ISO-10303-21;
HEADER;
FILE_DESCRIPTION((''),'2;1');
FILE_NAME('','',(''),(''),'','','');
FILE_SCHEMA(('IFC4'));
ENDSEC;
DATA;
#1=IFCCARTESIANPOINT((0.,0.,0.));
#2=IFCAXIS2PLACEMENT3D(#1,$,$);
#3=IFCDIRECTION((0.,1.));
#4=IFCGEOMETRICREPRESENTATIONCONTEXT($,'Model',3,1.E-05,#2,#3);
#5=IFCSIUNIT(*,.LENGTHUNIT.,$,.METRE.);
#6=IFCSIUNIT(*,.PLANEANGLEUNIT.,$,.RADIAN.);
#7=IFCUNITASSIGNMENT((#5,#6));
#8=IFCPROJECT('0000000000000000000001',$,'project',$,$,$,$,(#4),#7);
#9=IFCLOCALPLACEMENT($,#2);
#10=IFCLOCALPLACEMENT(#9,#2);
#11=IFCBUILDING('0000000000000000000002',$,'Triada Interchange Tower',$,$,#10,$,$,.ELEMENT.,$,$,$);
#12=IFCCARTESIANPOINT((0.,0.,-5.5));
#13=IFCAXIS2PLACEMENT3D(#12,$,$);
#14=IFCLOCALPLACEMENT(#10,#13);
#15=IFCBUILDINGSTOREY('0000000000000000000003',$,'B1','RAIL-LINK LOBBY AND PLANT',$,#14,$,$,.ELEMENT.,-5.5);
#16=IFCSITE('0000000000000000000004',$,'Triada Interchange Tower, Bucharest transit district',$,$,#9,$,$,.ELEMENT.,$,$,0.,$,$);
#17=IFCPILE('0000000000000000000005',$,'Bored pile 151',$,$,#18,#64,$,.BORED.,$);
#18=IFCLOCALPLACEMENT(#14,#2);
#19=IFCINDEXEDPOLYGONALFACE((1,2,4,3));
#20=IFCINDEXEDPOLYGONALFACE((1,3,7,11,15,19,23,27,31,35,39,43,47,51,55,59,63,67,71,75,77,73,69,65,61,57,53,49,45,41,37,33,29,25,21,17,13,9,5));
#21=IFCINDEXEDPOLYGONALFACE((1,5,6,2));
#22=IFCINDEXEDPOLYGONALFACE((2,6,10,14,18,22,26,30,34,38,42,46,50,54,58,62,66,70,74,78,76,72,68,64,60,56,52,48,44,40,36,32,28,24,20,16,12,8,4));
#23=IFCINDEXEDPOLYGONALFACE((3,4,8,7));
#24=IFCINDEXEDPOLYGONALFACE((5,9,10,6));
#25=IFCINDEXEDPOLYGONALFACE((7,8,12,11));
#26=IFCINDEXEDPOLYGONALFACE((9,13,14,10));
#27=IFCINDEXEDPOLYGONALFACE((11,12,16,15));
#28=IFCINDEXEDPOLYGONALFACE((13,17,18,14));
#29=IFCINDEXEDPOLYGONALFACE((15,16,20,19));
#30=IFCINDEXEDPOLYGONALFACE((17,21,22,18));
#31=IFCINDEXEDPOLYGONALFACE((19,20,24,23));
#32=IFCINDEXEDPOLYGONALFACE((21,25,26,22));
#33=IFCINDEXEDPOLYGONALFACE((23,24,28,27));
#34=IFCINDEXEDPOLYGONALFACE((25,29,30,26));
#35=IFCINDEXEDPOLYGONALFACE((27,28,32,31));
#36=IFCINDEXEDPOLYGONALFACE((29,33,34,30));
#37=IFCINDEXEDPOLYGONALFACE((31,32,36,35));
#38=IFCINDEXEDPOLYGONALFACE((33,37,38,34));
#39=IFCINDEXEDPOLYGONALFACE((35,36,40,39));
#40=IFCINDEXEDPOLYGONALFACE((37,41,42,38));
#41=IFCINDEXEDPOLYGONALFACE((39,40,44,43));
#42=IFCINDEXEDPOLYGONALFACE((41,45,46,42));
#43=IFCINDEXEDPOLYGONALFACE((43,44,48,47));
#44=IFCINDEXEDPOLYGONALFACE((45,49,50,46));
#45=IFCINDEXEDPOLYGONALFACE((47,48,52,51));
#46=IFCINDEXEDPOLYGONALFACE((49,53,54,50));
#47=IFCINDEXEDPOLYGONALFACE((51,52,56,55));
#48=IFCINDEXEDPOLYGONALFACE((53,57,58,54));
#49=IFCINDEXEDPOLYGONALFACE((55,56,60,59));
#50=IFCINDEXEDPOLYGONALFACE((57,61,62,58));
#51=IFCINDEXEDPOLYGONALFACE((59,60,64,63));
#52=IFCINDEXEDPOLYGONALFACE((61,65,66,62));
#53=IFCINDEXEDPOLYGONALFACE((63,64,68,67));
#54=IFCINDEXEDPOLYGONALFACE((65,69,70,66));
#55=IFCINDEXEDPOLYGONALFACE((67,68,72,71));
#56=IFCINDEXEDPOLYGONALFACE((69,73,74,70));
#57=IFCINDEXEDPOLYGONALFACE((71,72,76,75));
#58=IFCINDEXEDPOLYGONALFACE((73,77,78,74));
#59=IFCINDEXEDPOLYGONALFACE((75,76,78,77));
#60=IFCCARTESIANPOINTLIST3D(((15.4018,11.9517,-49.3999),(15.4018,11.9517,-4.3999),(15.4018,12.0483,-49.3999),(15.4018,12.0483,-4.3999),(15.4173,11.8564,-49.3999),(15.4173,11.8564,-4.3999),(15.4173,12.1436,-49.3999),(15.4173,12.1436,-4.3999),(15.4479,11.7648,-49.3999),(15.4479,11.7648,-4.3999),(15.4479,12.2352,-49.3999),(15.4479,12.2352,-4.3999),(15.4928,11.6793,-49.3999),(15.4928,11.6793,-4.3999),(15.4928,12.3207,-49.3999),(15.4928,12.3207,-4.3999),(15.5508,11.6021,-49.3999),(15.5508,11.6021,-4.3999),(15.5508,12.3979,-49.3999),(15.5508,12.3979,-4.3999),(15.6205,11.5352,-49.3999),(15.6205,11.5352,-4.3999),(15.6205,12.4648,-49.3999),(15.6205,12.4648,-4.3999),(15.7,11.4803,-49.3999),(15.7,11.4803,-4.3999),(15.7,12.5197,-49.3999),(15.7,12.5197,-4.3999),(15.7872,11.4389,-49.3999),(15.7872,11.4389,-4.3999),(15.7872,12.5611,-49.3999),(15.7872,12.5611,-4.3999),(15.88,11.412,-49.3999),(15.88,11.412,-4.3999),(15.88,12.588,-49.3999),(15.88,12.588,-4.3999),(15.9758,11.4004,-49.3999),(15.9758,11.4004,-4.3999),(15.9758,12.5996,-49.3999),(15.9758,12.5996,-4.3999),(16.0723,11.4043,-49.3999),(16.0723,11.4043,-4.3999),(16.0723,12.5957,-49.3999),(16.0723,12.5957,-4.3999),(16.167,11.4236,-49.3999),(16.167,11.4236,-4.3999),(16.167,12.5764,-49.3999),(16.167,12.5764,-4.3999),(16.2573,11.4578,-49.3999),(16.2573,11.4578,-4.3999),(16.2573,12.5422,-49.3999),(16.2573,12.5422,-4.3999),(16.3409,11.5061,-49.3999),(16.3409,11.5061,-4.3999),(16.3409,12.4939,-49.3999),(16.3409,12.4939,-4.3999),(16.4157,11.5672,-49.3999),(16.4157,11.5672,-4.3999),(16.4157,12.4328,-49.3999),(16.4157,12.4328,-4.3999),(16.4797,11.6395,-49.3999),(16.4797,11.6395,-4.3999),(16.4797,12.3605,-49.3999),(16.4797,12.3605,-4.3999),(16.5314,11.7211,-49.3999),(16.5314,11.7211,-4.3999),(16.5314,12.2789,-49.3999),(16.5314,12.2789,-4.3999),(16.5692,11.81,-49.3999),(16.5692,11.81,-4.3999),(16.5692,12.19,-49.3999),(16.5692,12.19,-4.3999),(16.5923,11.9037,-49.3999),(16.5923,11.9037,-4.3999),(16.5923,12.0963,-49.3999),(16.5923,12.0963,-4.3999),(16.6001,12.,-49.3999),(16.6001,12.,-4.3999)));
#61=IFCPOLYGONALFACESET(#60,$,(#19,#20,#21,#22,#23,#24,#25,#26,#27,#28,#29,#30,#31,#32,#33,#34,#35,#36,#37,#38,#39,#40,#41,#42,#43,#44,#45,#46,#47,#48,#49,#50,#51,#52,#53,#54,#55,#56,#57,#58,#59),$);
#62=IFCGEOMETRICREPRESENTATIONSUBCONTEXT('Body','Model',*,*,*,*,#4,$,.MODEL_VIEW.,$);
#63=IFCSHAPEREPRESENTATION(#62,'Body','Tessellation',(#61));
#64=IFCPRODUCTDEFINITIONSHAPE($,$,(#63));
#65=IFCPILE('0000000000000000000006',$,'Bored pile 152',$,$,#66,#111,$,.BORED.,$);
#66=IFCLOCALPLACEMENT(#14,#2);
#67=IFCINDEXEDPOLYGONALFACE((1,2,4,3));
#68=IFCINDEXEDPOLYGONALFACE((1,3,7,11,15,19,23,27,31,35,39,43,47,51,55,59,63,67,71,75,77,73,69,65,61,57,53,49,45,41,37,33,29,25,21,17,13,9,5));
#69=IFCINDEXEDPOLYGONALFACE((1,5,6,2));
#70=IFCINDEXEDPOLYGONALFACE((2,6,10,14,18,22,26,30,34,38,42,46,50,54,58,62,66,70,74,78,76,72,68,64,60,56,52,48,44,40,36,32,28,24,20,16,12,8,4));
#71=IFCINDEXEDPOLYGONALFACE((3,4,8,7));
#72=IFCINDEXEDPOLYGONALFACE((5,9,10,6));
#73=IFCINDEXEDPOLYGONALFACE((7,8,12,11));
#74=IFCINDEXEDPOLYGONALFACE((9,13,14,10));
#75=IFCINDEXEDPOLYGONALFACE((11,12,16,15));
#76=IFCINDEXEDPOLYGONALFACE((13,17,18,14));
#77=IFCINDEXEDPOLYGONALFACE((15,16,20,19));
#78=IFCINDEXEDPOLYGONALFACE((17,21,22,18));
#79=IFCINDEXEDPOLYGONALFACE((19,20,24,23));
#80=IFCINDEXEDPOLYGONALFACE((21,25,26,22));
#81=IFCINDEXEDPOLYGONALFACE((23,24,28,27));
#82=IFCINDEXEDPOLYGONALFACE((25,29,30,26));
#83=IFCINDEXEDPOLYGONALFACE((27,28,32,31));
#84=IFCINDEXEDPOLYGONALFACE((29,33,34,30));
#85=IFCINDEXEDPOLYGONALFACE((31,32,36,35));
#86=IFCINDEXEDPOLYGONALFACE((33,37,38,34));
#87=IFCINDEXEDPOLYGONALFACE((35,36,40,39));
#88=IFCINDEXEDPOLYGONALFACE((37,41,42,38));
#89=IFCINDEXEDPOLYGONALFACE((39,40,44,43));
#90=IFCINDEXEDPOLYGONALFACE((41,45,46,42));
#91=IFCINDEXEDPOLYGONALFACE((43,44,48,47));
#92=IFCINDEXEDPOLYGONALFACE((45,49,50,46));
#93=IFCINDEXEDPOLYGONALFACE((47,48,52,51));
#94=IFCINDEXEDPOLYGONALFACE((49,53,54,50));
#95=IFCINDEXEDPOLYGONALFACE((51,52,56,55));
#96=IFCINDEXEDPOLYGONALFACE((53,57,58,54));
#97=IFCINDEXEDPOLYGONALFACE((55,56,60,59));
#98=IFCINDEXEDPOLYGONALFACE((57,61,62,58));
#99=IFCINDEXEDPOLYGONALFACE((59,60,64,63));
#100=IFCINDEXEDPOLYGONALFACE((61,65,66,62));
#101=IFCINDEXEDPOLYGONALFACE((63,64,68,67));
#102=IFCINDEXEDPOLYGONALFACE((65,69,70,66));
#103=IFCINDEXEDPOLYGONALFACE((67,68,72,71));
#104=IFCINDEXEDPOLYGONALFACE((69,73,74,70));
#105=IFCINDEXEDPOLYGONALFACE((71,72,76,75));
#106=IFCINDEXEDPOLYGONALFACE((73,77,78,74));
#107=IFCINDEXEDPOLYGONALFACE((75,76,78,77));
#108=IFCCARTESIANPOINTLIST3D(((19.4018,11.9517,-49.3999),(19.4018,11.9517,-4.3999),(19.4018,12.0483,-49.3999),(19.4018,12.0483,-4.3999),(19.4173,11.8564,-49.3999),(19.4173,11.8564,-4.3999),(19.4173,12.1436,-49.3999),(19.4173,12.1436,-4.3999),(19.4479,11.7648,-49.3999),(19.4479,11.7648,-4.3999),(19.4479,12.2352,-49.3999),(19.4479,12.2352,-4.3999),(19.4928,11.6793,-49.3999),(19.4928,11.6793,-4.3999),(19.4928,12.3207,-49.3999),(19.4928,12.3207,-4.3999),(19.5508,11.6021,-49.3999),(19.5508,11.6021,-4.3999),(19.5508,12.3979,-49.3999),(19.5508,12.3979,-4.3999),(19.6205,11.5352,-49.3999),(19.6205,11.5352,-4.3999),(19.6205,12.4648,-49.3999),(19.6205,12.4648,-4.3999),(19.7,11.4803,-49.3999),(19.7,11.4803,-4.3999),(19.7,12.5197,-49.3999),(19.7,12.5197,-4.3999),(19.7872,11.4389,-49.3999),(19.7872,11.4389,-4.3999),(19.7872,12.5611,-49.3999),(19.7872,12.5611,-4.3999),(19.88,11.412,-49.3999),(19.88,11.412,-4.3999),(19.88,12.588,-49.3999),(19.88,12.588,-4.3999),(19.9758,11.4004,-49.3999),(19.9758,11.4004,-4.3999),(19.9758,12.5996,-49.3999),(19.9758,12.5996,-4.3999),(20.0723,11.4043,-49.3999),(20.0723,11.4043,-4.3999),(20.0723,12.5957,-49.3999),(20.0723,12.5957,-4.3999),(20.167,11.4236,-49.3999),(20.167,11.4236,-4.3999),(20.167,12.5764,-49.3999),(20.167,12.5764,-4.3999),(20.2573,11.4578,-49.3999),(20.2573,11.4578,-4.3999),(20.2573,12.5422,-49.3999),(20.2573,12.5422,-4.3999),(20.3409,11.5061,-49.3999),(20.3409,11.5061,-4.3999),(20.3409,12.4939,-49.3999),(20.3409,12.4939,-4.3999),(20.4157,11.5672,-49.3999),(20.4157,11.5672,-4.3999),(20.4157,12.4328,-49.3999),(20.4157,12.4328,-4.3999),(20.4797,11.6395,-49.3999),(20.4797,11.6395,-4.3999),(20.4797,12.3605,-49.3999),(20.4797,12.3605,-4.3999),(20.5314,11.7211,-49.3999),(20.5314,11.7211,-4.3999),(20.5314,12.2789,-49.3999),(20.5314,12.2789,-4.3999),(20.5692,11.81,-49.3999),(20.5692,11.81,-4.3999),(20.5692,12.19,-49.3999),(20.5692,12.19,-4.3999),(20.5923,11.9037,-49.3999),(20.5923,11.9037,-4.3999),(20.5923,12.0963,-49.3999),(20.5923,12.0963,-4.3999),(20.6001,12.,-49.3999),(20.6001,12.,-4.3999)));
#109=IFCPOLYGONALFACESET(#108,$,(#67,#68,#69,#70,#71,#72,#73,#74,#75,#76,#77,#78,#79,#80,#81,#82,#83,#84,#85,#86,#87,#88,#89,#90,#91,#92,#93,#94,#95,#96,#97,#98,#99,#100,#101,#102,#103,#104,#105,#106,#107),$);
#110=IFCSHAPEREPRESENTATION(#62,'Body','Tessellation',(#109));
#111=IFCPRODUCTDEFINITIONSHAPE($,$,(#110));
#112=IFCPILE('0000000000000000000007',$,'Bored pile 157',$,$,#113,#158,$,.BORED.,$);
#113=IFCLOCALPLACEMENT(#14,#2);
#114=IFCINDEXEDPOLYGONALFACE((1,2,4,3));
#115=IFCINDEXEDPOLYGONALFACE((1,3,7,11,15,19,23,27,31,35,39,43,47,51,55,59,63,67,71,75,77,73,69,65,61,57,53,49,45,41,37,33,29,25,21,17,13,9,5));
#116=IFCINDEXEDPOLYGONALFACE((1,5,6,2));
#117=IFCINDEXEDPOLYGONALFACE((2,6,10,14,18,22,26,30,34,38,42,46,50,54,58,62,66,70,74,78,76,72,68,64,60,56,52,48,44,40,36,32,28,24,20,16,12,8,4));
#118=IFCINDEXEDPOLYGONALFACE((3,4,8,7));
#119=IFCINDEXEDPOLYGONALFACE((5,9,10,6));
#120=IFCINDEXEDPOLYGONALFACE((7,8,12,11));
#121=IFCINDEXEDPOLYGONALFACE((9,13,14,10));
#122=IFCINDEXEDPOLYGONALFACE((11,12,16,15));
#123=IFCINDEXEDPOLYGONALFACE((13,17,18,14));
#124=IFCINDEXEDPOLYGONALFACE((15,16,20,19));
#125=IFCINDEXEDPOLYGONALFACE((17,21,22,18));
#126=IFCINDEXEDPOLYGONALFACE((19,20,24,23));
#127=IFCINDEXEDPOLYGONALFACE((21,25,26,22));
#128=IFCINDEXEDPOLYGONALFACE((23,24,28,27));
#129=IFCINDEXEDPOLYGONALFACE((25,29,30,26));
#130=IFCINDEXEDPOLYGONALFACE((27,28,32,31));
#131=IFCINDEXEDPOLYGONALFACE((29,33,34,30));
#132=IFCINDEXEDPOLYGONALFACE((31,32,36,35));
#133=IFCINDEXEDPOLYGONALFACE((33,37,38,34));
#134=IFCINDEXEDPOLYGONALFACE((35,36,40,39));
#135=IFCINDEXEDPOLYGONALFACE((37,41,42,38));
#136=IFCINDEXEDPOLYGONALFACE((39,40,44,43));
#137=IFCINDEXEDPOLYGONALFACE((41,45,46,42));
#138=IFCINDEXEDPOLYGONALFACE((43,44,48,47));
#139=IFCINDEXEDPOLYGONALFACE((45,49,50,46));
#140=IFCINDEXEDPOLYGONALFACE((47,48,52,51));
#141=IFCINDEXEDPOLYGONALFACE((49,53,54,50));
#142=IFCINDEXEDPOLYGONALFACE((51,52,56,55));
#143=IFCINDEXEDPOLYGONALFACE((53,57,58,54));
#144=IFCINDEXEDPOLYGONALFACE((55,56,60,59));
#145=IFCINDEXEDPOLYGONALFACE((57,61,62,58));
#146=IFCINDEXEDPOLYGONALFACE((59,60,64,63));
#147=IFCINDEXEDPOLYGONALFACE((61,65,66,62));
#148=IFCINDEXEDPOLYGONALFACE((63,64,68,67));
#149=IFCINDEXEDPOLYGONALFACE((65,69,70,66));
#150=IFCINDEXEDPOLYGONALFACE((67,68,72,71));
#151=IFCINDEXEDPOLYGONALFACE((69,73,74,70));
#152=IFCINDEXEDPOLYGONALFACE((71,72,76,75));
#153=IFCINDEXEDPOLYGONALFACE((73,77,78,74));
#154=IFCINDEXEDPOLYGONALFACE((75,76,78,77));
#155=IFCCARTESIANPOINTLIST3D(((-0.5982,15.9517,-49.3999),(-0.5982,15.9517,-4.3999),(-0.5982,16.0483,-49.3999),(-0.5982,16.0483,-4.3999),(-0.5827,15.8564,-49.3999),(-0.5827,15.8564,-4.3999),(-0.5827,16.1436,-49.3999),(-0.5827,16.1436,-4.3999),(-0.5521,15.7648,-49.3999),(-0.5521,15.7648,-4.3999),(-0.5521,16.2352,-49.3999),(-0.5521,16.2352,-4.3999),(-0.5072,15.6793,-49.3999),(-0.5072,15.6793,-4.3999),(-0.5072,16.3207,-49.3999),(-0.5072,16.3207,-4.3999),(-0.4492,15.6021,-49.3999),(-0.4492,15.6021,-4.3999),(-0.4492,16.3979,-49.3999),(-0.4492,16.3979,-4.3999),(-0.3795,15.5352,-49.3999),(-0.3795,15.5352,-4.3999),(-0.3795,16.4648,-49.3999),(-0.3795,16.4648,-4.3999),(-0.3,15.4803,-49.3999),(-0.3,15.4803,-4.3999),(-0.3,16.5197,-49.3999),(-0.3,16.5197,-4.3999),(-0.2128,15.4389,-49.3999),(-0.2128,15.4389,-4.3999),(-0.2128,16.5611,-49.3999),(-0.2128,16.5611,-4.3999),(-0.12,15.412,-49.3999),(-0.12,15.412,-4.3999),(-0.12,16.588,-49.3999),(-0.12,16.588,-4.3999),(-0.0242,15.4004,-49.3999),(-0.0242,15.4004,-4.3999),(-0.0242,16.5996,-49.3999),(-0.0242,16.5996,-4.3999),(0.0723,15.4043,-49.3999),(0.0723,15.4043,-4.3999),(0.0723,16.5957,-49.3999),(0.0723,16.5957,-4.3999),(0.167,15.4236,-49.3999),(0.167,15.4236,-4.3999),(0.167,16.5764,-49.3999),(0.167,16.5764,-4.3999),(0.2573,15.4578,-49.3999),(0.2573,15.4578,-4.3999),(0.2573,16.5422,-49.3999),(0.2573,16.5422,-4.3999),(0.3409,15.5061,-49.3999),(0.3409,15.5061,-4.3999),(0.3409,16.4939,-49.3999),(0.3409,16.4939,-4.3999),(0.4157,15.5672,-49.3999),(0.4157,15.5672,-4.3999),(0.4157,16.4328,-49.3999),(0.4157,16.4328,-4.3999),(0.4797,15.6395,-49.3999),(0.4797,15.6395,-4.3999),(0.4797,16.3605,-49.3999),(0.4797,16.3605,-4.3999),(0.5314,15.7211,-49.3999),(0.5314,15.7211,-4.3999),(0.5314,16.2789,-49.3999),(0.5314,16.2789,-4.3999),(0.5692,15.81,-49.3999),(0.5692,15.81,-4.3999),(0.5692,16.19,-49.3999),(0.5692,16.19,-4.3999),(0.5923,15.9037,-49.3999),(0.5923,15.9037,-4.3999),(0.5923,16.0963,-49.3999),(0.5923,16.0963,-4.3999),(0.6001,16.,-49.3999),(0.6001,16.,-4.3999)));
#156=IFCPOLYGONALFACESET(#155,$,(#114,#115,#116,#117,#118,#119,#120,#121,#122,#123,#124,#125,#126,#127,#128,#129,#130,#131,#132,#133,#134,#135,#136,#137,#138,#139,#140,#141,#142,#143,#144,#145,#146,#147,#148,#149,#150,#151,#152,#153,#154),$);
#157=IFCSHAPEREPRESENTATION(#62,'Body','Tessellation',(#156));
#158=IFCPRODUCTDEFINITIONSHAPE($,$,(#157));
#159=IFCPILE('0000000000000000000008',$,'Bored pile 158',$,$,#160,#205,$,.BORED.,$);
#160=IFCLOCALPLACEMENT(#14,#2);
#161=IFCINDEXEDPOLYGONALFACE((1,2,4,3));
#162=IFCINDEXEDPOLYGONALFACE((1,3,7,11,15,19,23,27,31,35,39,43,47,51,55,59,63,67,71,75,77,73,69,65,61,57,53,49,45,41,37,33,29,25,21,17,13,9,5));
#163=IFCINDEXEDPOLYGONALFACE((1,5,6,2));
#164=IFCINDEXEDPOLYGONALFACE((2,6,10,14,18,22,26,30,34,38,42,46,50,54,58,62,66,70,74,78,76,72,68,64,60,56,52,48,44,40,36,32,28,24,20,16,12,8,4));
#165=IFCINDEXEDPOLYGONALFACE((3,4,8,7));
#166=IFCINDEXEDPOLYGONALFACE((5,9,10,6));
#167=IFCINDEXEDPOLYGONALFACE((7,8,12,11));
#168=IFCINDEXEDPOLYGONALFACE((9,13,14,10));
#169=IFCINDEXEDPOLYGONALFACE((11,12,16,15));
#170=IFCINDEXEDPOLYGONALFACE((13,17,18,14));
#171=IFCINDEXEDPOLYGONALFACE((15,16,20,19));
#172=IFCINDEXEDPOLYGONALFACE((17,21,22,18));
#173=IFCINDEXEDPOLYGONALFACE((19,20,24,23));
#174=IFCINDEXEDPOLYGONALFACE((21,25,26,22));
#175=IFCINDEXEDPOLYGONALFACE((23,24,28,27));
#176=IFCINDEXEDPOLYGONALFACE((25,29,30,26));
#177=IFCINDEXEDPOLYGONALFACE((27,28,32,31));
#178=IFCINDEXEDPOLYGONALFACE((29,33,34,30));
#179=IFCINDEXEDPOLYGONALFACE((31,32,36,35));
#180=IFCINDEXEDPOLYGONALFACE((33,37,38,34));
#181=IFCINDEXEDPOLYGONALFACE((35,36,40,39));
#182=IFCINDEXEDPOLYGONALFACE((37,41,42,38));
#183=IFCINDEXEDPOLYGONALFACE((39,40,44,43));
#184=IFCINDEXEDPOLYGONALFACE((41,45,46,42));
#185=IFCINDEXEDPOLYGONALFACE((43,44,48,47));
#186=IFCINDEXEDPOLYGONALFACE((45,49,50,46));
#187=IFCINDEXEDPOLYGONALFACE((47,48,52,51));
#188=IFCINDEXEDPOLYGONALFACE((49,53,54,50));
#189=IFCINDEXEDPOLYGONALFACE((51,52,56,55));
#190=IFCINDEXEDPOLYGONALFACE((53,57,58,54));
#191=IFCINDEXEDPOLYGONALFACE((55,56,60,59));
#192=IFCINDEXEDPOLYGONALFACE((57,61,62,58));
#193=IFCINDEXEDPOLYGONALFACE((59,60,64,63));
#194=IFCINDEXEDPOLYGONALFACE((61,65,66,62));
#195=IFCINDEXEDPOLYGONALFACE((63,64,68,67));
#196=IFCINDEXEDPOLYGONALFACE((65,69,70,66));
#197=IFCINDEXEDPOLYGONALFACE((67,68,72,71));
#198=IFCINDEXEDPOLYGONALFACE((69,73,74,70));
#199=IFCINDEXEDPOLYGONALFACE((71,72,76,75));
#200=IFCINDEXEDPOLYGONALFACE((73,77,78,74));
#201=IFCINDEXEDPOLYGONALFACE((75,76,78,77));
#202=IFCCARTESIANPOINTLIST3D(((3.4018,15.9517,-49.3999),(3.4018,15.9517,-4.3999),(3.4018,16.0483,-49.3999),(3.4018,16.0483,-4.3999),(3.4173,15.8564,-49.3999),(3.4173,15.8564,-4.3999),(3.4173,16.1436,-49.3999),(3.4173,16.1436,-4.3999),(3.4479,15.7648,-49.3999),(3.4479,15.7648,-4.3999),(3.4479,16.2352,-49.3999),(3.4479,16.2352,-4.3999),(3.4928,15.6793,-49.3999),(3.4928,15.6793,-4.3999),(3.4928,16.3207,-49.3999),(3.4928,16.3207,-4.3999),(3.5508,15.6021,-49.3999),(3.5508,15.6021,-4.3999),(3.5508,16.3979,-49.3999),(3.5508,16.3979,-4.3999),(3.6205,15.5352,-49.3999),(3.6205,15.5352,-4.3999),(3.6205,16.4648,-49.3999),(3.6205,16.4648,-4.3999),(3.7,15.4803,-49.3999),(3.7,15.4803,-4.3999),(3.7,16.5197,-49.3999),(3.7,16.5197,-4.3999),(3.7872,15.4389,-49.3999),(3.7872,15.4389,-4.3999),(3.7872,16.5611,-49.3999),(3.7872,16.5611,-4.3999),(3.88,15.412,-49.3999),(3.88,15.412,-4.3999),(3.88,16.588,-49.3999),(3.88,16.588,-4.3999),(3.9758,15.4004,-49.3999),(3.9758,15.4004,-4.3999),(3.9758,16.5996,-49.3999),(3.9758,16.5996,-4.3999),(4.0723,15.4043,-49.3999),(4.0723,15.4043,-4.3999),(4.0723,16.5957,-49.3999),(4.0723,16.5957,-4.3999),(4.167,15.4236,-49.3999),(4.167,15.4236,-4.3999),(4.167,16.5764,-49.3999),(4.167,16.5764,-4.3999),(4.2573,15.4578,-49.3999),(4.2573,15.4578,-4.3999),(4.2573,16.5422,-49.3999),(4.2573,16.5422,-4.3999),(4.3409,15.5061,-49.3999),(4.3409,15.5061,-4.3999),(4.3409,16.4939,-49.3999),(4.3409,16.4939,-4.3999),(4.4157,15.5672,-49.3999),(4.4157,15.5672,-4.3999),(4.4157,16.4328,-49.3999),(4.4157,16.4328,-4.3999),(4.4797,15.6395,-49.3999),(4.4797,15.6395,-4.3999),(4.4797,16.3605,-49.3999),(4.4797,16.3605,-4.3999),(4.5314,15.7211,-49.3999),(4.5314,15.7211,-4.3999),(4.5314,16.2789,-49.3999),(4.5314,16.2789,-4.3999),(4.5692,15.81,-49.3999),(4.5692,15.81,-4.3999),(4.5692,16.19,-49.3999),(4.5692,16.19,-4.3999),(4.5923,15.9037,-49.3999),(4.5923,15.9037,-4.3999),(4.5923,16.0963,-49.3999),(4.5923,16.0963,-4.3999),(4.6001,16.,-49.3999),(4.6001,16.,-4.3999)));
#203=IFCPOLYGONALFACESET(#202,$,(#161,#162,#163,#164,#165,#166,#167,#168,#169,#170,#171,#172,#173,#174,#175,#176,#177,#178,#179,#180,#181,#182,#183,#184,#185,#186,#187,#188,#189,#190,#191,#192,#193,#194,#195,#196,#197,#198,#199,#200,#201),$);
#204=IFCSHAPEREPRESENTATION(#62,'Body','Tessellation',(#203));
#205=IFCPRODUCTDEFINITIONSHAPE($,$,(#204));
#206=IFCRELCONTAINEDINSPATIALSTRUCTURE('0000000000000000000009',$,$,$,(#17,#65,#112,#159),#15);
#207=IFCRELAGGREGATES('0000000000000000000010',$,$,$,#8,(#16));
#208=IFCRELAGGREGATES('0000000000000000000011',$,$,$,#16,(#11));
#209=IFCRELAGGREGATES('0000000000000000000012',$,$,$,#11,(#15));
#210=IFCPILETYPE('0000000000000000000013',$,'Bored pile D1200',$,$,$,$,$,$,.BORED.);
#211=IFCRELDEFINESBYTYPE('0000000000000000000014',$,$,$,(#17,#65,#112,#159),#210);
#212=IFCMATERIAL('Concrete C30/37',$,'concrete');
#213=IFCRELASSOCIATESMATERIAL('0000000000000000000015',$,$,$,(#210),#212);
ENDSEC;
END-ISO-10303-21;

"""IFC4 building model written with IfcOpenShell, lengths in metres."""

from ifc_helpers import new_model, si_unit, direction, frame, origin, origin_2d, place, context, subcontext, project, spatial, circle, extrude, material, material_profile, profile_set, type_object, element, save


model = new_model("IFC4")

# Units and contexts
model_context = context("Model", 3, precision=1e-05, world=origin(), true_north=direction((0.0, 1.0)))
body_context = subcontext(model_context, "Body", "Model", "MODEL_VIEW")
ifc_project = project(units=[si_unit("LENGTHUNIT", "METRE"), si_unit("PLANEANGLEUNIT", "RADIAN")], contexts=[model_context])

# Site, building, storey
site_placement = place(None, origin())
site = spatial("IfcSite", under=ifc_project, at=site_placement, Name="Triada Interchange Tower, Bucharest transit district", CompositionType="ELEMENT", RefElevation=0.0)
building_placement = place(site_placement, origin())
building = spatial("IfcBuilding", under=site, at=building_placement, Name="Triada Interchange Tower", CompositionType="ELEMENT")
storey_placement = place(building_placement, frame((0.0, 0.0, -5.5)))
storey = spatial("IfcBuildingStorey", under=building, at=storey_placement, Name="B1", Description="RAIL-LINK LOBBY AND PLANT", CompositionType="ELEMENT", Elevation=-5.5)

# Piles
ifc_material_1 = material(Name="Concrete C30/37", Category="concrete")
ifc_material_profile_1 = material_profile(ifc_material_1, circle(Radius=0.6001, at=origin_2d()), Name="RC D1200")
ifc_profile_set_1 = profile_set([ifc_material_profile_1], Name="Concrete C30/37")
pile_type = type_object("IfcPileType", Name="Bored pile D1200", PredefinedType="BORED", material=ifc_profile_set_1)
for number, where, z_axis, x_axis, name in (
    (1, (16.0, 12.0, -4.3999), (0.0, 0.0, -1.0), (1.0, 0.0, 0.0), "Bored pile 151"),
    (2, (20.0, 12.0, -4.3999), (0.0, 0.0, -1.0), (1.0, 0.0, 0.0), "Bored pile 152"),
    (3, (0.0, 16.0, -4.3999), (0.0, 0.0, -1.0), (1.0, 0.0, 0.0), "Bored pile 157"),
    (4, (4.0, 16.0, -4.3999), (0.0, 0.0, -1.0), (1.0, 0.0, 0.0), "Bored pile 158"),
):
    element("IfcPile", number, at=place(storey_placement, frame(where, z_axis=z_axis, x_axis=x_axis)), inside=storey, type_object=pile_type, Name=name, PredefinedType="BORED", context=body_context, shape_type="SweptSolid", body=[
        extrude(circle(Radius=0.6001, at=origin_2d()), origin(), (0.0, 0.0, 1.0), 45.0),
    ])

save(model, "model.ifc")
